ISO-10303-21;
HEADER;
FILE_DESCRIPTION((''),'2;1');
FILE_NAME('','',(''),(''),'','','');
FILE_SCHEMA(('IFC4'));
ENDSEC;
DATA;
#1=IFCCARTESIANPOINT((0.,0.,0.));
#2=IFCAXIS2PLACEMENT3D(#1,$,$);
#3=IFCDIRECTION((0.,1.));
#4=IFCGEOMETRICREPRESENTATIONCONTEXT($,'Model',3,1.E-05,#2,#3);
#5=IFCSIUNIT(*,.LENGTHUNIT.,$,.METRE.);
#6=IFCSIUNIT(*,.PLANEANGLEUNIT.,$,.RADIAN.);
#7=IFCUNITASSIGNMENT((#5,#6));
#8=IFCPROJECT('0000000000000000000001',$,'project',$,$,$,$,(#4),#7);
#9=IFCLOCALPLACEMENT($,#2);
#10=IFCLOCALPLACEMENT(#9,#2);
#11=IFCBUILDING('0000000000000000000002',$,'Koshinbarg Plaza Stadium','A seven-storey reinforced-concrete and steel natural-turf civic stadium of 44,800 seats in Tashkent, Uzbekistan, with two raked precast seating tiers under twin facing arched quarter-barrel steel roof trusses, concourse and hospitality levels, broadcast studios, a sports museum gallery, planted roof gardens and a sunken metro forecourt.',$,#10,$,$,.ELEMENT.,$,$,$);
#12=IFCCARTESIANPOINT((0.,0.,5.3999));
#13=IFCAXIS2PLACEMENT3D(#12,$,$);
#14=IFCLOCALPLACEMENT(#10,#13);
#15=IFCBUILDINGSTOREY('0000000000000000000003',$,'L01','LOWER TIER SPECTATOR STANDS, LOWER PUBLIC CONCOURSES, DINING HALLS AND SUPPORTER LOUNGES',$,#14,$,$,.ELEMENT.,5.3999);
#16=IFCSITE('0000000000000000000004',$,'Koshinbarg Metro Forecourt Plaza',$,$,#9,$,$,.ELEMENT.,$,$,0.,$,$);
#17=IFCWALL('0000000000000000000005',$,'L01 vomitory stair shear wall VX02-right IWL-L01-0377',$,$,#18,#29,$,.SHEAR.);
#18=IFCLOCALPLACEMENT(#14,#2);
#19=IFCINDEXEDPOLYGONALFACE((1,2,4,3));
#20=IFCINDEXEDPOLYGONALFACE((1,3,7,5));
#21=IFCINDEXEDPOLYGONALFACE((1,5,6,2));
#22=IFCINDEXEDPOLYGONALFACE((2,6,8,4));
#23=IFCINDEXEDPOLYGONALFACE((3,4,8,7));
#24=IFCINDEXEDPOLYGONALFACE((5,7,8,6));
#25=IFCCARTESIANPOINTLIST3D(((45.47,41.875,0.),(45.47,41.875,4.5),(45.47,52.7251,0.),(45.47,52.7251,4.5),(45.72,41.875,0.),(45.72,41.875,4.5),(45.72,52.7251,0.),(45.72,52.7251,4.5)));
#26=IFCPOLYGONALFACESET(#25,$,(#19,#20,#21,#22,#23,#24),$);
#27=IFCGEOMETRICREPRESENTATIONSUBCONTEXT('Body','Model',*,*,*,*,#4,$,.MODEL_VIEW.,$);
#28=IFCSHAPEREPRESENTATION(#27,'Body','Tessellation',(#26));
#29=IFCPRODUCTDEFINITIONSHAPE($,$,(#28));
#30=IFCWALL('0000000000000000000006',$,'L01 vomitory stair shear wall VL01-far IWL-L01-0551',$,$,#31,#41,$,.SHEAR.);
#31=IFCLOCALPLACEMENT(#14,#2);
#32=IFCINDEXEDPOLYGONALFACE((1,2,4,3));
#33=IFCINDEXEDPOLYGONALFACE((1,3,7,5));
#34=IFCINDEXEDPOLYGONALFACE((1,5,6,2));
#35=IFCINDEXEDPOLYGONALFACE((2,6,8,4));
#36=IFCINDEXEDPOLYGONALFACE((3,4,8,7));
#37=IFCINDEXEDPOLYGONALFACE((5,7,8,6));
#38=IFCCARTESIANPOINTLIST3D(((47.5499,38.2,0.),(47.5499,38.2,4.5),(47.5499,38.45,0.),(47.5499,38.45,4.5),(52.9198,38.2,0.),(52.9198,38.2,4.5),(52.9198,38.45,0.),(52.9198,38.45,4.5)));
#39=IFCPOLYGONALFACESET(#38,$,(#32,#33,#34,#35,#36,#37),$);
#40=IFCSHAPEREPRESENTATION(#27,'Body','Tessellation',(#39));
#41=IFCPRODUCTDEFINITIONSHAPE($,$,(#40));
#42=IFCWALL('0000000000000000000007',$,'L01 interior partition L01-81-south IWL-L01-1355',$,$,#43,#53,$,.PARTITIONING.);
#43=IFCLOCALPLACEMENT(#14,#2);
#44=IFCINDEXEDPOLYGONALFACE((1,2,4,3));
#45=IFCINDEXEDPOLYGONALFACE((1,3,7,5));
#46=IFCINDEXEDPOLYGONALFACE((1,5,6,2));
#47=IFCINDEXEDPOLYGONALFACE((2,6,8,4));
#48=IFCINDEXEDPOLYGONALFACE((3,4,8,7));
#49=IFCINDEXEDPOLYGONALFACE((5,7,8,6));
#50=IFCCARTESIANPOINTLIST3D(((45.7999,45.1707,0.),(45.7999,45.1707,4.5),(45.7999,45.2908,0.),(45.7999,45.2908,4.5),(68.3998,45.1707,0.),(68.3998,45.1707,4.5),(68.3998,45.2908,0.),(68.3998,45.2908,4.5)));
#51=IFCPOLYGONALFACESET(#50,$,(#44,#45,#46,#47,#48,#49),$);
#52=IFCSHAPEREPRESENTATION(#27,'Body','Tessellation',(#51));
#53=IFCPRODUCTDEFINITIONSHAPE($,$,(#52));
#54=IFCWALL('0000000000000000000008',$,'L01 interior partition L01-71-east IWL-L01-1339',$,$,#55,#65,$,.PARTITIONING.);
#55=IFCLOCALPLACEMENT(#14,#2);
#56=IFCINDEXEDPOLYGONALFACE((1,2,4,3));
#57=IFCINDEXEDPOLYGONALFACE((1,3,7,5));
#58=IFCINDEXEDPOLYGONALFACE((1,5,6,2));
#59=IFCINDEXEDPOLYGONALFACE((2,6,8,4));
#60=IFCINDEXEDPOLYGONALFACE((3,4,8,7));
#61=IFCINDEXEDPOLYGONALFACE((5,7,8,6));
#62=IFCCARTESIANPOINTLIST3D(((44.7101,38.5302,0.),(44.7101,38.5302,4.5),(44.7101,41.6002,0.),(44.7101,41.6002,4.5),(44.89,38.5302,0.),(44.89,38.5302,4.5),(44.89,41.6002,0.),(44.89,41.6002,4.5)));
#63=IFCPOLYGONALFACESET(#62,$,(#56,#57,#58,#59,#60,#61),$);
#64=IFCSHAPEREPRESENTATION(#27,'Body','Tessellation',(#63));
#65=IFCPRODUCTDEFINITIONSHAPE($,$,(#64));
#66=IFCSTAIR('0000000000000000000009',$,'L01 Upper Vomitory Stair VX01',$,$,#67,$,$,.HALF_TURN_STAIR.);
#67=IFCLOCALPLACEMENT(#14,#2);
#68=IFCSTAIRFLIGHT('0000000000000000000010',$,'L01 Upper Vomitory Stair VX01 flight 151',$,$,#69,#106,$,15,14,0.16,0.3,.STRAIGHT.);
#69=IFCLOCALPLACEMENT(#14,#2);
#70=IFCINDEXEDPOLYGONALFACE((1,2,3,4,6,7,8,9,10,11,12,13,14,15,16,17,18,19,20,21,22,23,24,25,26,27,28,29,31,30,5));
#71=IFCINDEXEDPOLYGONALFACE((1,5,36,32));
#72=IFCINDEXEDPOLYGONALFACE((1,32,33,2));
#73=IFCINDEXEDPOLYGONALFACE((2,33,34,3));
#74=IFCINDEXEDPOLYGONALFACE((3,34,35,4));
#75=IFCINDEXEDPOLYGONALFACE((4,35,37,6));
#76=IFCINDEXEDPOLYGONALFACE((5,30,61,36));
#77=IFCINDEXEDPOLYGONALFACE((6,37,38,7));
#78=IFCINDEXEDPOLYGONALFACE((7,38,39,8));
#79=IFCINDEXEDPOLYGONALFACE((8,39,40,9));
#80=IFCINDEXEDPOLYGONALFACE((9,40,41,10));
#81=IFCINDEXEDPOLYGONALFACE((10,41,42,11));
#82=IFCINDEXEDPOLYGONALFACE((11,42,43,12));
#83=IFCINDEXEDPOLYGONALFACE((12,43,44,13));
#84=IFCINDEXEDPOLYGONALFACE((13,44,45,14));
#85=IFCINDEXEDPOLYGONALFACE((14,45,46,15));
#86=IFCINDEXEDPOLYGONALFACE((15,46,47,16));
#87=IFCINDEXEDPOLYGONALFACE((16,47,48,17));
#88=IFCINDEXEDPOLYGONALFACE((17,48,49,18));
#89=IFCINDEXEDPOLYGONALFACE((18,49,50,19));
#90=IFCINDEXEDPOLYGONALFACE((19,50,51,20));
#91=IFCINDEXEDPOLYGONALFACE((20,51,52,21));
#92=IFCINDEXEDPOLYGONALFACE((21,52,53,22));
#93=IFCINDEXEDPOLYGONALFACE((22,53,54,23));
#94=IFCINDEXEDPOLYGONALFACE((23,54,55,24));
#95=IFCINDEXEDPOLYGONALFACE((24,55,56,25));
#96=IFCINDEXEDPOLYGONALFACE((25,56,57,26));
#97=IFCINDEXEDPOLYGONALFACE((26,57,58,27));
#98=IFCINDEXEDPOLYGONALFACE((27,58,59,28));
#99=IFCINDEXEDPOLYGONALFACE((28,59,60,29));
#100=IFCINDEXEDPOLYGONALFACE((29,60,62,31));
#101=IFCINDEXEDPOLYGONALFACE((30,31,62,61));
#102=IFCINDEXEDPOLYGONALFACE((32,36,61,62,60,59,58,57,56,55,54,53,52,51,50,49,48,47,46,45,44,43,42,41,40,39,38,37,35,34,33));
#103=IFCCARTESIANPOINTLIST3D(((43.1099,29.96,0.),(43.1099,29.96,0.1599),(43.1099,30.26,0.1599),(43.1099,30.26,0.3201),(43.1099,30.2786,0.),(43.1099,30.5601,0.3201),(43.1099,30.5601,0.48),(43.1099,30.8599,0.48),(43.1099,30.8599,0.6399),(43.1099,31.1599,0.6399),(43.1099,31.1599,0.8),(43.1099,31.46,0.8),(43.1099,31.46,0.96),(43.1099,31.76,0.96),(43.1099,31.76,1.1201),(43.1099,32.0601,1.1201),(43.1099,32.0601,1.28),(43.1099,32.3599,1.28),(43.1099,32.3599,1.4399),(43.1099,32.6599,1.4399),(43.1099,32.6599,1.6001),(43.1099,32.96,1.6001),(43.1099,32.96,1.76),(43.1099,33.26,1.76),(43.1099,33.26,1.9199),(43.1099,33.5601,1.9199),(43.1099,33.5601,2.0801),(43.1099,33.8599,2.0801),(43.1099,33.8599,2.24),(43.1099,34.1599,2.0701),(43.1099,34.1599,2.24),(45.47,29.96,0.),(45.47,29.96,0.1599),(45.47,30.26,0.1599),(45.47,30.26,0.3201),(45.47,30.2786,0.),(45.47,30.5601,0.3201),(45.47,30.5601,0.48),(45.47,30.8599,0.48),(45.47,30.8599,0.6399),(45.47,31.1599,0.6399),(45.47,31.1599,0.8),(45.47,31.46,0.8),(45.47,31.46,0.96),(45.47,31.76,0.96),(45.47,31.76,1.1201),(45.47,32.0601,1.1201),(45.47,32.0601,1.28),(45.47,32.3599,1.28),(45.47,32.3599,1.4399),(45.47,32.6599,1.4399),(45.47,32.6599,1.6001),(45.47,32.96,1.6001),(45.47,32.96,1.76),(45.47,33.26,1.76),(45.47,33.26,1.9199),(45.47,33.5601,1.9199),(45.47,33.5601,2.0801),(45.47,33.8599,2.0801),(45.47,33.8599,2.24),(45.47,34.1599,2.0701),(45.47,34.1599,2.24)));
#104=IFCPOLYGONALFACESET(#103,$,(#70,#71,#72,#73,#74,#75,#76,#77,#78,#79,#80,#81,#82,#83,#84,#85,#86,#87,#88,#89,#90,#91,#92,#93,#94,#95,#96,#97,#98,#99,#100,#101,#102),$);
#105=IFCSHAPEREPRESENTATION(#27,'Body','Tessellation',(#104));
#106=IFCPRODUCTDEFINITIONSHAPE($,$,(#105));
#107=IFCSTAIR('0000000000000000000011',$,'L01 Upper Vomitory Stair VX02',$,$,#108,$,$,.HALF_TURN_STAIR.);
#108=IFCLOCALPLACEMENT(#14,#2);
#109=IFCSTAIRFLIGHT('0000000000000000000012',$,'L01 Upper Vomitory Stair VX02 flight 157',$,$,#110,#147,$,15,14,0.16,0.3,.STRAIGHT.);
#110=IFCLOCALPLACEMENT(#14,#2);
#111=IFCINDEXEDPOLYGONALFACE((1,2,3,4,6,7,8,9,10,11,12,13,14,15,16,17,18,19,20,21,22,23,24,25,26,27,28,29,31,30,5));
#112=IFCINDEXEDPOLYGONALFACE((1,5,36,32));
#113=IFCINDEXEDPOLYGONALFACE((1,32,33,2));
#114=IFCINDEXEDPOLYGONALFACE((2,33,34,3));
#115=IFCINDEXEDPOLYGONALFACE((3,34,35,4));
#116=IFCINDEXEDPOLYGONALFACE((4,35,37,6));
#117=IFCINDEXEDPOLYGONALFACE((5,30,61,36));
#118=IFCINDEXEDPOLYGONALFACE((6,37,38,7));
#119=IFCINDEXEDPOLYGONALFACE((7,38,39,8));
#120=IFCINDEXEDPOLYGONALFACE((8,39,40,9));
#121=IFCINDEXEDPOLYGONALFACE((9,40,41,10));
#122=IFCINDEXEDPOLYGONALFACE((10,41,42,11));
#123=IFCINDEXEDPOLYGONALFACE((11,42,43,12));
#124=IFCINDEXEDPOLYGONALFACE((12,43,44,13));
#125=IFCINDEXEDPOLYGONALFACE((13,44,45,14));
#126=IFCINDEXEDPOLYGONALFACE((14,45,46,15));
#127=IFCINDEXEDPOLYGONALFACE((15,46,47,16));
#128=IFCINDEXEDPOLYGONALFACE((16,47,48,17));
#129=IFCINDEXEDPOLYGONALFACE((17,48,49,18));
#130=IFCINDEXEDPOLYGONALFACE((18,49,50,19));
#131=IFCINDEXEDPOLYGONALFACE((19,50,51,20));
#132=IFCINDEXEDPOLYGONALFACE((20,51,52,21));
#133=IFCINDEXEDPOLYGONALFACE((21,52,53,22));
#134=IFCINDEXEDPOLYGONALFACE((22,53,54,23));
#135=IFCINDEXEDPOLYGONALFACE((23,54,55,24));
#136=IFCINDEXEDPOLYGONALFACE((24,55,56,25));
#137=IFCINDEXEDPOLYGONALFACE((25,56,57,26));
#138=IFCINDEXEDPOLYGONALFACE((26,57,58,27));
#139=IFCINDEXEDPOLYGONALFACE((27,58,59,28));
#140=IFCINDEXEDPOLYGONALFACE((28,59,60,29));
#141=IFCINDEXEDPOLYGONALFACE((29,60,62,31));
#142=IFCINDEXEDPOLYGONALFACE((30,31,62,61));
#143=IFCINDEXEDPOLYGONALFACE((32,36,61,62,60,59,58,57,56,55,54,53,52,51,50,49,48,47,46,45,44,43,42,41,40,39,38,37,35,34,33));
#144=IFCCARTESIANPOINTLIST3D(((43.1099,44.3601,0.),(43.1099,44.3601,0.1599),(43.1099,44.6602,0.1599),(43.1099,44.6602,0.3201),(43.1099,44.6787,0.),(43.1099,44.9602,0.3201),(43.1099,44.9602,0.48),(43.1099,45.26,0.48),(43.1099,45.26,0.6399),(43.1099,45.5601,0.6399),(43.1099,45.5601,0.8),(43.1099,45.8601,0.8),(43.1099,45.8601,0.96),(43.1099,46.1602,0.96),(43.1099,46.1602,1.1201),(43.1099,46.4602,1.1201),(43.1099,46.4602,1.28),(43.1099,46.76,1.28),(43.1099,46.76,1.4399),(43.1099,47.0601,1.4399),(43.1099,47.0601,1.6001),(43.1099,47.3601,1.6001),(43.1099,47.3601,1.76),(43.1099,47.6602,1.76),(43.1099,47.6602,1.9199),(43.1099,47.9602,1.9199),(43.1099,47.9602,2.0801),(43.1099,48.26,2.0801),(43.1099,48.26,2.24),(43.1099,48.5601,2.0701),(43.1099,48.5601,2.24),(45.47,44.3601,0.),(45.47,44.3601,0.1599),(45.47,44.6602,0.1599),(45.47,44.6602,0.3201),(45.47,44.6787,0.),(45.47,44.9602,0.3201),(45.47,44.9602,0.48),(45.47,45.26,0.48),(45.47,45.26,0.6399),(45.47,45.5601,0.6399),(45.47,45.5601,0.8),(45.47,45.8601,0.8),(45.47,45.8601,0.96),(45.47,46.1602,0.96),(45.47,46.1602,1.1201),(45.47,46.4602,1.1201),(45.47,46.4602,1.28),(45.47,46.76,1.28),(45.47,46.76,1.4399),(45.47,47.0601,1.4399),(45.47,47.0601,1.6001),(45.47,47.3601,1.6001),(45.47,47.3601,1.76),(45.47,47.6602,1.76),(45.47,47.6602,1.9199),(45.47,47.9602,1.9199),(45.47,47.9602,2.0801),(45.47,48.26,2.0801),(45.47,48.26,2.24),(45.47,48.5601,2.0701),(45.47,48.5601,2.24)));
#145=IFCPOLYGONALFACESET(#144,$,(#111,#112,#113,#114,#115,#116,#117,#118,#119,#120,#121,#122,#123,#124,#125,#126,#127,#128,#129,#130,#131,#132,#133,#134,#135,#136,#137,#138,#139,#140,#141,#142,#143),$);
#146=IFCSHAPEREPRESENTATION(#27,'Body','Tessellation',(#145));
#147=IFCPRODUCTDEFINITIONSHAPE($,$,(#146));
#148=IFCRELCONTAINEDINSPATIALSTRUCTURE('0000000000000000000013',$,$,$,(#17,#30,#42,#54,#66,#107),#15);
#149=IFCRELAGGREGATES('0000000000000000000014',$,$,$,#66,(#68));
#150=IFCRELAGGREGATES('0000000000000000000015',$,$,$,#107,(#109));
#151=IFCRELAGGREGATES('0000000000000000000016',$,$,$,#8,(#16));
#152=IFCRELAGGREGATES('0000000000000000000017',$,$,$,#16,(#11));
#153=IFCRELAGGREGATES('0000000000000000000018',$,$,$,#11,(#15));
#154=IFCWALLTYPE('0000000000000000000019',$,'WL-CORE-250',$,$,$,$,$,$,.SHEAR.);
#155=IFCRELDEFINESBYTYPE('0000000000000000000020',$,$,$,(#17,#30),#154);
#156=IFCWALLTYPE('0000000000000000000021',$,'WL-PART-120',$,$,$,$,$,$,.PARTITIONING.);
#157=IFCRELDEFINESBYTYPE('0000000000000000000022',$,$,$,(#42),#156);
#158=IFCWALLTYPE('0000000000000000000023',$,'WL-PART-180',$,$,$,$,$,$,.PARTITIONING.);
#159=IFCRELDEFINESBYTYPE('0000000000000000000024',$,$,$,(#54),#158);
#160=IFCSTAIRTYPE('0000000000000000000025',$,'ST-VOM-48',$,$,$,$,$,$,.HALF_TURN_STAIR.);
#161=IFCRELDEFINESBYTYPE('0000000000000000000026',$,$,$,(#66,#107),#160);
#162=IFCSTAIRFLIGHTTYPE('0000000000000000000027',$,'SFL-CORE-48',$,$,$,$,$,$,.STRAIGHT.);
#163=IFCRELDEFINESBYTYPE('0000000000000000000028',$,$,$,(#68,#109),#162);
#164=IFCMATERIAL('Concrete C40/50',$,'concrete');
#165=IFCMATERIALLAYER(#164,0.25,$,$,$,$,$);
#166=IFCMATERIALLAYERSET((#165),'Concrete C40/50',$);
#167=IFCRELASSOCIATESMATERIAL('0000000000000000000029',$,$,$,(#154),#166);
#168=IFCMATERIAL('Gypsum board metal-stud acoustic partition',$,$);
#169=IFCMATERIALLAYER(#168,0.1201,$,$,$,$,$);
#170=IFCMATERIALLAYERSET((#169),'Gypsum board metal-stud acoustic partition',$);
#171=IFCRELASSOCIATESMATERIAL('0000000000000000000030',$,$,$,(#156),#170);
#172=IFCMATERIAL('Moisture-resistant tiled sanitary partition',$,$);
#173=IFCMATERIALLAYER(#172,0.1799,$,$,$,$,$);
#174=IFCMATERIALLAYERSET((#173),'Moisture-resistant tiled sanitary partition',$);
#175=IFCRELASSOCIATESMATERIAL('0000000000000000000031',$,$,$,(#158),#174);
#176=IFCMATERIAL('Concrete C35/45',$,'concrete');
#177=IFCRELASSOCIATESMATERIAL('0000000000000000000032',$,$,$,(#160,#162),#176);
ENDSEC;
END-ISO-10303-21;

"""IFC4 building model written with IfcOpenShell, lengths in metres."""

from ifc_helpers import new_model, si_unit, direction, frame, frame_2d, origin, place, context, subcontext, project, spatial, polyline, rectangle, outline, extrude, material, layer, layer_set, type_object, element, aggregate, save


model = new_model("IFC4")

# Units and contexts
model_context = context("Model", 3, precision=1e-05, world=origin(), true_north=direction((0.0, 1.0)))
body_context = subcontext(model_context, "Body", "Model", "MODEL_VIEW")
ifc_project = project(units=[si_unit("LENGTHUNIT", "METRE"), si_unit("PLANEANGLEUNIT", "RADIAN")], contexts=[model_context])

# Site, building, storey
site_placement = place(None, origin())
site = spatial("IfcSite", under=ifc_project, at=site_placement, Name="Koshinbarg Metro Forecourt Plaza", CompositionType="ELEMENT", RefElevation=0.0)
building_placement = place(site_placement, origin())
building = spatial("IfcBuilding", under=site, at=building_placement, Name="Koshinbarg Plaza Stadium", Description="A seven-storey reinforced-concrete and steel natural-turf civic stadium of 44,800 seats in Tashkent, Uzbekistan, with two raked precast seating tiers under twin facing arched quarter-barrel steel roof trusses, concourse and hospitality levels, broadcast studios, a sports museum gallery, planted roof gardens and a sunken metro forecourt.", CompositionType="ELEMENT")
storey_placement = place(building_placement, frame((0.0, 0.0, 5.3999)))
storey = spatial("IfcBuildingStorey", under=building, at=storey_placement, Name="L01", Description="LOWER TIER SPECTATOR STANDS, LOWER PUBLIC CONCOURSES, DINING HALLS AND SUPPORTER LOUNGES", CompositionType="ELEMENT", Elevation=5.3999)

# Shared definitions
ifc_material_1 = material(Name="Concrete C40/50", Category="concrete")

# Walls
ifc_layer_1 = layer(ifc_material_1, 0.25)
ifc_layer_set_1 = layer_set([ifc_layer_1], Name="Concrete C40/50")
wall_type_1 = type_object("IfcWallType", Name="WL-CORE-250", PredefinedType="SHEAR", material=ifc_layer_set_1)
wall_1_placement = place(storey_placement, frame((45.595, 41.875, 0.0), z_axis=(0.0, 0.0, 1.0), x_axis=(0.0, 1.0, 0.0)))
element("IfcWall", 1, at=wall_1_placement, inside=storey, type_object=wall_type_1, Name="L01 vomitory stair shear wall VX02-right IWL-L01-0377", PredefinedType="SHEAR", context=body_context, shape_type="SweptSolid", body=[
    extrude(rectangle(XDim=10.8501, YDim=0.25, at=frame_2d((5.425, 0.0))), origin(), (0.0, 0.0, 1.0), 4.5),
])
wall_2_placement = place(storey_placement, frame((52.9199, 38.325, 0.0), z_axis=(0.0, 0.0, 1.0), x_axis=(-1.0, 0.0, 0.0)))
element("IfcWall", 2, at=wall_2_placement, inside=storey, type_object=wall_type_1, Name="L01 vomitory stair shear wall VL01-far IWL-L01-0551", PredefinedType="SHEAR", context=body_context, shape_type="SweptSolid", body=[
    extrude(rectangle(XDim=5.3699, YDim=0.25, at=frame_2d((2.6851, 0.0))), origin(), (0.0, 0.0, 1.0), 4.5),
])
ifc_material_2 = material(Name="Gypsum board metal-stud acoustic partition")
ifc_layer_2 = layer(ifc_material_2, 0.1201)
ifc_layer_set_2 = layer_set([ifc_layer_2], Name="Gypsum board metal-stud acoustic partition")
wall_type_2 = type_object("IfcWallType", Name="WL-PART-120", PredefinedType="PARTITIONING", material=ifc_layer_set_2)
wall_3_placement = place(storey_placement, frame((45.8, 45.2307, 0.0), z_axis=(0.0, 0.0, 1.0), x_axis=(1.0, 0.0, 0.0)))
element("IfcWall", 3, at=wall_3_placement, inside=storey, type_object=wall_type_2, Name="L01 interior partition L01-81-south IWL-L01-1355", PredefinedType="PARTITIONING", context=body_context, shape_type="SweptSolid", body=[
    extrude(rectangle(XDim=22.5999, YDim=0.1201, at=frame_2d((11.2998, 0.0))), origin(), (0.0, 0.0, 1.0), 4.5),
])
ifc_material_3 = material(Name="Moisture-resistant tiled sanitary partition")
ifc_layer_3 = layer(ifc_material_3, 0.1799)
ifc_layer_set_3 = layer_set([ifc_layer_3], Name="Moisture-resistant tiled sanitary partition")
wall_type_3 = type_object("IfcWallType", Name="WL-PART-180", PredefinedType="PARTITIONING", material=ifc_layer_set_3)
wall_4_placement = place(storey_placement, frame((44.8, 38.53, 0.0), z_axis=(0.0, 0.0, 1.0), x_axis=(0.0, 1.0, 0.0)))
element("IfcWall", 4, at=wall_4_placement, inside=storey, type_object=wall_type_3, Name="L01 interior partition L01-71-east IWL-L01-1339", PredefinedType="PARTITIONING", context=body_context, shape_type="SweptSolid", body=[
    extrude(rectangle(XDim=3.0701, YDim=0.1799, at=frame_2d((1.5352, 0.0))), origin(), (0.0, 0.0, 1.0), 4.5),
])

# Stairs, stair flights
ifc_material_4 = material(Name="Concrete C35/45", Category="concrete")
stair_type = type_object("IfcStairType", Name="ST-VOM-48", PredefinedType="HALF_TURN_STAIR", material=ifc_material_4)
stair_1_placement = place(storey_placement, origin())
stair_1 = element("IfcStair", 5, at=stair_1_placement, inside=storey, type_object=stair_type, Name="L01 Upper Vomitory Stair VX01", PredefinedType="HALF_TURN_STAIR")
stair_flight_type = type_object("IfcStairFlightType", Name="SFL-CORE-48", PredefinedType="STRAIGHT", material=ifc_material_4)
stair_flight_1_placement = place(storey_placement, frame((44.29, 29.96, 0.0), z_axis=(0.0, 0.0, 1.0), x_axis=(0.0, 1.0, 0.0)))
stair_flight_1 = element("IfcStairFlight", 6, at=stair_flight_1_placement, type_object=stair_flight_type, Name="L01 Upper Vomitory Stair VX01 flight 151", NumberOfRisers=15, NumberOfTreads=14, PredefinedType="STRAIGHT", RiserHeight=0.16, TreadLength=0.3, context=body_context, shape_type="SweptSolid", body=[
    extrude(outline(polyline([(0.0, 0.0), (0.0, 0.1599), (0.3, 0.1599), (0.3, 0.3201), (0.6001, 0.3201), (0.6001, 0.48), (0.8999, 0.48), (0.8999, 0.6399), (1.2, 0.6399), (1.2, 0.8), (1.5, 0.8), (1.5, 0.96), (1.8, 0.96), (1.8, 1.1201), (2.1001, 1.1201), (2.1001, 1.28), (2.3999, 1.28), (2.3999, 1.4399), (2.7, 1.4399), (2.7, 1.6001), (3.0, 1.6001), (3.0, 1.76), (3.3, 1.76), (3.3, 1.9199), (3.6001, 1.9199), (3.6001, 2.0801), (3.8999, 2.0801), (3.8999, 2.24), (4.2, 2.24), (4.2, 2.3999), (4.2, 2.0701), (0.3186, 0.0), (0.0, 0.0)])), frame((0.0, 1.1802, 0.0), z_axis=(0.0, -1.0, 0.0), x_axis=(1.0, 0.0, 0.0)), (0.0, 0.0, 1.0), 2.3601),
])
aggregate(stair_1, [stair_flight_1])
stair_2_placement = place(storey_placement, origin())
stair_2 = element("IfcStair", 7, at=stair_2_placement, inside=storey, type_object=stair_type, Name="L01 Upper Vomitory Stair VX02", PredefinedType="HALF_TURN_STAIR")
stair_flight_2_placement = place(storey_placement, frame((44.29, 44.3601, 0.0), z_axis=(0.0, 0.0, 1.0), x_axis=(0.0, 1.0, 0.0)))
stair_flight_2 = element("IfcStairFlight", 8, at=stair_flight_2_placement, type_object=stair_flight_type, Name="L01 Upper Vomitory Stair VX02 flight 157", NumberOfRisers=15, NumberOfTreads=14, PredefinedType="STRAIGHT", RiserHeight=0.16, TreadLength=0.3, context=body_context, shape_type="SweptSolid", body=[
    extrude(outline(polyline([(0.0, 0.0), (0.0, 0.1599), (0.3, 0.1599), (0.3, 0.3201), (0.6001, 0.3201), (0.6001, 0.48), (0.8999, 0.48), (0.8999, 0.6399), (1.2, 0.6399), (1.2, 0.8), (1.5, 0.8), (1.5, 0.96), (1.8, 0.96), (1.8, 1.1201), (2.1001, 1.1201), (2.1001, 1.28), (2.3999, 1.28), (2.3999, 1.4399), (2.7, 1.4399), (2.7, 1.6001), (3.0, 1.6001), (3.0, 1.76), (3.3, 1.76), (3.3, 1.9199), (3.6001, 1.9199), (3.6001, 2.0801), (3.8999, 2.0801), (3.8999, 2.24), (4.2, 2.24), (4.2, 2.3999), (4.2, 2.0701), (0.3186, 0.0), (0.0, 0.0)])), frame((0.0, 1.1802, 0.0), z_axis=(0.0, -1.0, 0.0), x_axis=(1.0, 0.0, 0.0)), (0.0, 0.0, 1.0), 2.3601),
])
aggregate(stair_2, [stair_flight_2])

save(model, "model.ifc")
